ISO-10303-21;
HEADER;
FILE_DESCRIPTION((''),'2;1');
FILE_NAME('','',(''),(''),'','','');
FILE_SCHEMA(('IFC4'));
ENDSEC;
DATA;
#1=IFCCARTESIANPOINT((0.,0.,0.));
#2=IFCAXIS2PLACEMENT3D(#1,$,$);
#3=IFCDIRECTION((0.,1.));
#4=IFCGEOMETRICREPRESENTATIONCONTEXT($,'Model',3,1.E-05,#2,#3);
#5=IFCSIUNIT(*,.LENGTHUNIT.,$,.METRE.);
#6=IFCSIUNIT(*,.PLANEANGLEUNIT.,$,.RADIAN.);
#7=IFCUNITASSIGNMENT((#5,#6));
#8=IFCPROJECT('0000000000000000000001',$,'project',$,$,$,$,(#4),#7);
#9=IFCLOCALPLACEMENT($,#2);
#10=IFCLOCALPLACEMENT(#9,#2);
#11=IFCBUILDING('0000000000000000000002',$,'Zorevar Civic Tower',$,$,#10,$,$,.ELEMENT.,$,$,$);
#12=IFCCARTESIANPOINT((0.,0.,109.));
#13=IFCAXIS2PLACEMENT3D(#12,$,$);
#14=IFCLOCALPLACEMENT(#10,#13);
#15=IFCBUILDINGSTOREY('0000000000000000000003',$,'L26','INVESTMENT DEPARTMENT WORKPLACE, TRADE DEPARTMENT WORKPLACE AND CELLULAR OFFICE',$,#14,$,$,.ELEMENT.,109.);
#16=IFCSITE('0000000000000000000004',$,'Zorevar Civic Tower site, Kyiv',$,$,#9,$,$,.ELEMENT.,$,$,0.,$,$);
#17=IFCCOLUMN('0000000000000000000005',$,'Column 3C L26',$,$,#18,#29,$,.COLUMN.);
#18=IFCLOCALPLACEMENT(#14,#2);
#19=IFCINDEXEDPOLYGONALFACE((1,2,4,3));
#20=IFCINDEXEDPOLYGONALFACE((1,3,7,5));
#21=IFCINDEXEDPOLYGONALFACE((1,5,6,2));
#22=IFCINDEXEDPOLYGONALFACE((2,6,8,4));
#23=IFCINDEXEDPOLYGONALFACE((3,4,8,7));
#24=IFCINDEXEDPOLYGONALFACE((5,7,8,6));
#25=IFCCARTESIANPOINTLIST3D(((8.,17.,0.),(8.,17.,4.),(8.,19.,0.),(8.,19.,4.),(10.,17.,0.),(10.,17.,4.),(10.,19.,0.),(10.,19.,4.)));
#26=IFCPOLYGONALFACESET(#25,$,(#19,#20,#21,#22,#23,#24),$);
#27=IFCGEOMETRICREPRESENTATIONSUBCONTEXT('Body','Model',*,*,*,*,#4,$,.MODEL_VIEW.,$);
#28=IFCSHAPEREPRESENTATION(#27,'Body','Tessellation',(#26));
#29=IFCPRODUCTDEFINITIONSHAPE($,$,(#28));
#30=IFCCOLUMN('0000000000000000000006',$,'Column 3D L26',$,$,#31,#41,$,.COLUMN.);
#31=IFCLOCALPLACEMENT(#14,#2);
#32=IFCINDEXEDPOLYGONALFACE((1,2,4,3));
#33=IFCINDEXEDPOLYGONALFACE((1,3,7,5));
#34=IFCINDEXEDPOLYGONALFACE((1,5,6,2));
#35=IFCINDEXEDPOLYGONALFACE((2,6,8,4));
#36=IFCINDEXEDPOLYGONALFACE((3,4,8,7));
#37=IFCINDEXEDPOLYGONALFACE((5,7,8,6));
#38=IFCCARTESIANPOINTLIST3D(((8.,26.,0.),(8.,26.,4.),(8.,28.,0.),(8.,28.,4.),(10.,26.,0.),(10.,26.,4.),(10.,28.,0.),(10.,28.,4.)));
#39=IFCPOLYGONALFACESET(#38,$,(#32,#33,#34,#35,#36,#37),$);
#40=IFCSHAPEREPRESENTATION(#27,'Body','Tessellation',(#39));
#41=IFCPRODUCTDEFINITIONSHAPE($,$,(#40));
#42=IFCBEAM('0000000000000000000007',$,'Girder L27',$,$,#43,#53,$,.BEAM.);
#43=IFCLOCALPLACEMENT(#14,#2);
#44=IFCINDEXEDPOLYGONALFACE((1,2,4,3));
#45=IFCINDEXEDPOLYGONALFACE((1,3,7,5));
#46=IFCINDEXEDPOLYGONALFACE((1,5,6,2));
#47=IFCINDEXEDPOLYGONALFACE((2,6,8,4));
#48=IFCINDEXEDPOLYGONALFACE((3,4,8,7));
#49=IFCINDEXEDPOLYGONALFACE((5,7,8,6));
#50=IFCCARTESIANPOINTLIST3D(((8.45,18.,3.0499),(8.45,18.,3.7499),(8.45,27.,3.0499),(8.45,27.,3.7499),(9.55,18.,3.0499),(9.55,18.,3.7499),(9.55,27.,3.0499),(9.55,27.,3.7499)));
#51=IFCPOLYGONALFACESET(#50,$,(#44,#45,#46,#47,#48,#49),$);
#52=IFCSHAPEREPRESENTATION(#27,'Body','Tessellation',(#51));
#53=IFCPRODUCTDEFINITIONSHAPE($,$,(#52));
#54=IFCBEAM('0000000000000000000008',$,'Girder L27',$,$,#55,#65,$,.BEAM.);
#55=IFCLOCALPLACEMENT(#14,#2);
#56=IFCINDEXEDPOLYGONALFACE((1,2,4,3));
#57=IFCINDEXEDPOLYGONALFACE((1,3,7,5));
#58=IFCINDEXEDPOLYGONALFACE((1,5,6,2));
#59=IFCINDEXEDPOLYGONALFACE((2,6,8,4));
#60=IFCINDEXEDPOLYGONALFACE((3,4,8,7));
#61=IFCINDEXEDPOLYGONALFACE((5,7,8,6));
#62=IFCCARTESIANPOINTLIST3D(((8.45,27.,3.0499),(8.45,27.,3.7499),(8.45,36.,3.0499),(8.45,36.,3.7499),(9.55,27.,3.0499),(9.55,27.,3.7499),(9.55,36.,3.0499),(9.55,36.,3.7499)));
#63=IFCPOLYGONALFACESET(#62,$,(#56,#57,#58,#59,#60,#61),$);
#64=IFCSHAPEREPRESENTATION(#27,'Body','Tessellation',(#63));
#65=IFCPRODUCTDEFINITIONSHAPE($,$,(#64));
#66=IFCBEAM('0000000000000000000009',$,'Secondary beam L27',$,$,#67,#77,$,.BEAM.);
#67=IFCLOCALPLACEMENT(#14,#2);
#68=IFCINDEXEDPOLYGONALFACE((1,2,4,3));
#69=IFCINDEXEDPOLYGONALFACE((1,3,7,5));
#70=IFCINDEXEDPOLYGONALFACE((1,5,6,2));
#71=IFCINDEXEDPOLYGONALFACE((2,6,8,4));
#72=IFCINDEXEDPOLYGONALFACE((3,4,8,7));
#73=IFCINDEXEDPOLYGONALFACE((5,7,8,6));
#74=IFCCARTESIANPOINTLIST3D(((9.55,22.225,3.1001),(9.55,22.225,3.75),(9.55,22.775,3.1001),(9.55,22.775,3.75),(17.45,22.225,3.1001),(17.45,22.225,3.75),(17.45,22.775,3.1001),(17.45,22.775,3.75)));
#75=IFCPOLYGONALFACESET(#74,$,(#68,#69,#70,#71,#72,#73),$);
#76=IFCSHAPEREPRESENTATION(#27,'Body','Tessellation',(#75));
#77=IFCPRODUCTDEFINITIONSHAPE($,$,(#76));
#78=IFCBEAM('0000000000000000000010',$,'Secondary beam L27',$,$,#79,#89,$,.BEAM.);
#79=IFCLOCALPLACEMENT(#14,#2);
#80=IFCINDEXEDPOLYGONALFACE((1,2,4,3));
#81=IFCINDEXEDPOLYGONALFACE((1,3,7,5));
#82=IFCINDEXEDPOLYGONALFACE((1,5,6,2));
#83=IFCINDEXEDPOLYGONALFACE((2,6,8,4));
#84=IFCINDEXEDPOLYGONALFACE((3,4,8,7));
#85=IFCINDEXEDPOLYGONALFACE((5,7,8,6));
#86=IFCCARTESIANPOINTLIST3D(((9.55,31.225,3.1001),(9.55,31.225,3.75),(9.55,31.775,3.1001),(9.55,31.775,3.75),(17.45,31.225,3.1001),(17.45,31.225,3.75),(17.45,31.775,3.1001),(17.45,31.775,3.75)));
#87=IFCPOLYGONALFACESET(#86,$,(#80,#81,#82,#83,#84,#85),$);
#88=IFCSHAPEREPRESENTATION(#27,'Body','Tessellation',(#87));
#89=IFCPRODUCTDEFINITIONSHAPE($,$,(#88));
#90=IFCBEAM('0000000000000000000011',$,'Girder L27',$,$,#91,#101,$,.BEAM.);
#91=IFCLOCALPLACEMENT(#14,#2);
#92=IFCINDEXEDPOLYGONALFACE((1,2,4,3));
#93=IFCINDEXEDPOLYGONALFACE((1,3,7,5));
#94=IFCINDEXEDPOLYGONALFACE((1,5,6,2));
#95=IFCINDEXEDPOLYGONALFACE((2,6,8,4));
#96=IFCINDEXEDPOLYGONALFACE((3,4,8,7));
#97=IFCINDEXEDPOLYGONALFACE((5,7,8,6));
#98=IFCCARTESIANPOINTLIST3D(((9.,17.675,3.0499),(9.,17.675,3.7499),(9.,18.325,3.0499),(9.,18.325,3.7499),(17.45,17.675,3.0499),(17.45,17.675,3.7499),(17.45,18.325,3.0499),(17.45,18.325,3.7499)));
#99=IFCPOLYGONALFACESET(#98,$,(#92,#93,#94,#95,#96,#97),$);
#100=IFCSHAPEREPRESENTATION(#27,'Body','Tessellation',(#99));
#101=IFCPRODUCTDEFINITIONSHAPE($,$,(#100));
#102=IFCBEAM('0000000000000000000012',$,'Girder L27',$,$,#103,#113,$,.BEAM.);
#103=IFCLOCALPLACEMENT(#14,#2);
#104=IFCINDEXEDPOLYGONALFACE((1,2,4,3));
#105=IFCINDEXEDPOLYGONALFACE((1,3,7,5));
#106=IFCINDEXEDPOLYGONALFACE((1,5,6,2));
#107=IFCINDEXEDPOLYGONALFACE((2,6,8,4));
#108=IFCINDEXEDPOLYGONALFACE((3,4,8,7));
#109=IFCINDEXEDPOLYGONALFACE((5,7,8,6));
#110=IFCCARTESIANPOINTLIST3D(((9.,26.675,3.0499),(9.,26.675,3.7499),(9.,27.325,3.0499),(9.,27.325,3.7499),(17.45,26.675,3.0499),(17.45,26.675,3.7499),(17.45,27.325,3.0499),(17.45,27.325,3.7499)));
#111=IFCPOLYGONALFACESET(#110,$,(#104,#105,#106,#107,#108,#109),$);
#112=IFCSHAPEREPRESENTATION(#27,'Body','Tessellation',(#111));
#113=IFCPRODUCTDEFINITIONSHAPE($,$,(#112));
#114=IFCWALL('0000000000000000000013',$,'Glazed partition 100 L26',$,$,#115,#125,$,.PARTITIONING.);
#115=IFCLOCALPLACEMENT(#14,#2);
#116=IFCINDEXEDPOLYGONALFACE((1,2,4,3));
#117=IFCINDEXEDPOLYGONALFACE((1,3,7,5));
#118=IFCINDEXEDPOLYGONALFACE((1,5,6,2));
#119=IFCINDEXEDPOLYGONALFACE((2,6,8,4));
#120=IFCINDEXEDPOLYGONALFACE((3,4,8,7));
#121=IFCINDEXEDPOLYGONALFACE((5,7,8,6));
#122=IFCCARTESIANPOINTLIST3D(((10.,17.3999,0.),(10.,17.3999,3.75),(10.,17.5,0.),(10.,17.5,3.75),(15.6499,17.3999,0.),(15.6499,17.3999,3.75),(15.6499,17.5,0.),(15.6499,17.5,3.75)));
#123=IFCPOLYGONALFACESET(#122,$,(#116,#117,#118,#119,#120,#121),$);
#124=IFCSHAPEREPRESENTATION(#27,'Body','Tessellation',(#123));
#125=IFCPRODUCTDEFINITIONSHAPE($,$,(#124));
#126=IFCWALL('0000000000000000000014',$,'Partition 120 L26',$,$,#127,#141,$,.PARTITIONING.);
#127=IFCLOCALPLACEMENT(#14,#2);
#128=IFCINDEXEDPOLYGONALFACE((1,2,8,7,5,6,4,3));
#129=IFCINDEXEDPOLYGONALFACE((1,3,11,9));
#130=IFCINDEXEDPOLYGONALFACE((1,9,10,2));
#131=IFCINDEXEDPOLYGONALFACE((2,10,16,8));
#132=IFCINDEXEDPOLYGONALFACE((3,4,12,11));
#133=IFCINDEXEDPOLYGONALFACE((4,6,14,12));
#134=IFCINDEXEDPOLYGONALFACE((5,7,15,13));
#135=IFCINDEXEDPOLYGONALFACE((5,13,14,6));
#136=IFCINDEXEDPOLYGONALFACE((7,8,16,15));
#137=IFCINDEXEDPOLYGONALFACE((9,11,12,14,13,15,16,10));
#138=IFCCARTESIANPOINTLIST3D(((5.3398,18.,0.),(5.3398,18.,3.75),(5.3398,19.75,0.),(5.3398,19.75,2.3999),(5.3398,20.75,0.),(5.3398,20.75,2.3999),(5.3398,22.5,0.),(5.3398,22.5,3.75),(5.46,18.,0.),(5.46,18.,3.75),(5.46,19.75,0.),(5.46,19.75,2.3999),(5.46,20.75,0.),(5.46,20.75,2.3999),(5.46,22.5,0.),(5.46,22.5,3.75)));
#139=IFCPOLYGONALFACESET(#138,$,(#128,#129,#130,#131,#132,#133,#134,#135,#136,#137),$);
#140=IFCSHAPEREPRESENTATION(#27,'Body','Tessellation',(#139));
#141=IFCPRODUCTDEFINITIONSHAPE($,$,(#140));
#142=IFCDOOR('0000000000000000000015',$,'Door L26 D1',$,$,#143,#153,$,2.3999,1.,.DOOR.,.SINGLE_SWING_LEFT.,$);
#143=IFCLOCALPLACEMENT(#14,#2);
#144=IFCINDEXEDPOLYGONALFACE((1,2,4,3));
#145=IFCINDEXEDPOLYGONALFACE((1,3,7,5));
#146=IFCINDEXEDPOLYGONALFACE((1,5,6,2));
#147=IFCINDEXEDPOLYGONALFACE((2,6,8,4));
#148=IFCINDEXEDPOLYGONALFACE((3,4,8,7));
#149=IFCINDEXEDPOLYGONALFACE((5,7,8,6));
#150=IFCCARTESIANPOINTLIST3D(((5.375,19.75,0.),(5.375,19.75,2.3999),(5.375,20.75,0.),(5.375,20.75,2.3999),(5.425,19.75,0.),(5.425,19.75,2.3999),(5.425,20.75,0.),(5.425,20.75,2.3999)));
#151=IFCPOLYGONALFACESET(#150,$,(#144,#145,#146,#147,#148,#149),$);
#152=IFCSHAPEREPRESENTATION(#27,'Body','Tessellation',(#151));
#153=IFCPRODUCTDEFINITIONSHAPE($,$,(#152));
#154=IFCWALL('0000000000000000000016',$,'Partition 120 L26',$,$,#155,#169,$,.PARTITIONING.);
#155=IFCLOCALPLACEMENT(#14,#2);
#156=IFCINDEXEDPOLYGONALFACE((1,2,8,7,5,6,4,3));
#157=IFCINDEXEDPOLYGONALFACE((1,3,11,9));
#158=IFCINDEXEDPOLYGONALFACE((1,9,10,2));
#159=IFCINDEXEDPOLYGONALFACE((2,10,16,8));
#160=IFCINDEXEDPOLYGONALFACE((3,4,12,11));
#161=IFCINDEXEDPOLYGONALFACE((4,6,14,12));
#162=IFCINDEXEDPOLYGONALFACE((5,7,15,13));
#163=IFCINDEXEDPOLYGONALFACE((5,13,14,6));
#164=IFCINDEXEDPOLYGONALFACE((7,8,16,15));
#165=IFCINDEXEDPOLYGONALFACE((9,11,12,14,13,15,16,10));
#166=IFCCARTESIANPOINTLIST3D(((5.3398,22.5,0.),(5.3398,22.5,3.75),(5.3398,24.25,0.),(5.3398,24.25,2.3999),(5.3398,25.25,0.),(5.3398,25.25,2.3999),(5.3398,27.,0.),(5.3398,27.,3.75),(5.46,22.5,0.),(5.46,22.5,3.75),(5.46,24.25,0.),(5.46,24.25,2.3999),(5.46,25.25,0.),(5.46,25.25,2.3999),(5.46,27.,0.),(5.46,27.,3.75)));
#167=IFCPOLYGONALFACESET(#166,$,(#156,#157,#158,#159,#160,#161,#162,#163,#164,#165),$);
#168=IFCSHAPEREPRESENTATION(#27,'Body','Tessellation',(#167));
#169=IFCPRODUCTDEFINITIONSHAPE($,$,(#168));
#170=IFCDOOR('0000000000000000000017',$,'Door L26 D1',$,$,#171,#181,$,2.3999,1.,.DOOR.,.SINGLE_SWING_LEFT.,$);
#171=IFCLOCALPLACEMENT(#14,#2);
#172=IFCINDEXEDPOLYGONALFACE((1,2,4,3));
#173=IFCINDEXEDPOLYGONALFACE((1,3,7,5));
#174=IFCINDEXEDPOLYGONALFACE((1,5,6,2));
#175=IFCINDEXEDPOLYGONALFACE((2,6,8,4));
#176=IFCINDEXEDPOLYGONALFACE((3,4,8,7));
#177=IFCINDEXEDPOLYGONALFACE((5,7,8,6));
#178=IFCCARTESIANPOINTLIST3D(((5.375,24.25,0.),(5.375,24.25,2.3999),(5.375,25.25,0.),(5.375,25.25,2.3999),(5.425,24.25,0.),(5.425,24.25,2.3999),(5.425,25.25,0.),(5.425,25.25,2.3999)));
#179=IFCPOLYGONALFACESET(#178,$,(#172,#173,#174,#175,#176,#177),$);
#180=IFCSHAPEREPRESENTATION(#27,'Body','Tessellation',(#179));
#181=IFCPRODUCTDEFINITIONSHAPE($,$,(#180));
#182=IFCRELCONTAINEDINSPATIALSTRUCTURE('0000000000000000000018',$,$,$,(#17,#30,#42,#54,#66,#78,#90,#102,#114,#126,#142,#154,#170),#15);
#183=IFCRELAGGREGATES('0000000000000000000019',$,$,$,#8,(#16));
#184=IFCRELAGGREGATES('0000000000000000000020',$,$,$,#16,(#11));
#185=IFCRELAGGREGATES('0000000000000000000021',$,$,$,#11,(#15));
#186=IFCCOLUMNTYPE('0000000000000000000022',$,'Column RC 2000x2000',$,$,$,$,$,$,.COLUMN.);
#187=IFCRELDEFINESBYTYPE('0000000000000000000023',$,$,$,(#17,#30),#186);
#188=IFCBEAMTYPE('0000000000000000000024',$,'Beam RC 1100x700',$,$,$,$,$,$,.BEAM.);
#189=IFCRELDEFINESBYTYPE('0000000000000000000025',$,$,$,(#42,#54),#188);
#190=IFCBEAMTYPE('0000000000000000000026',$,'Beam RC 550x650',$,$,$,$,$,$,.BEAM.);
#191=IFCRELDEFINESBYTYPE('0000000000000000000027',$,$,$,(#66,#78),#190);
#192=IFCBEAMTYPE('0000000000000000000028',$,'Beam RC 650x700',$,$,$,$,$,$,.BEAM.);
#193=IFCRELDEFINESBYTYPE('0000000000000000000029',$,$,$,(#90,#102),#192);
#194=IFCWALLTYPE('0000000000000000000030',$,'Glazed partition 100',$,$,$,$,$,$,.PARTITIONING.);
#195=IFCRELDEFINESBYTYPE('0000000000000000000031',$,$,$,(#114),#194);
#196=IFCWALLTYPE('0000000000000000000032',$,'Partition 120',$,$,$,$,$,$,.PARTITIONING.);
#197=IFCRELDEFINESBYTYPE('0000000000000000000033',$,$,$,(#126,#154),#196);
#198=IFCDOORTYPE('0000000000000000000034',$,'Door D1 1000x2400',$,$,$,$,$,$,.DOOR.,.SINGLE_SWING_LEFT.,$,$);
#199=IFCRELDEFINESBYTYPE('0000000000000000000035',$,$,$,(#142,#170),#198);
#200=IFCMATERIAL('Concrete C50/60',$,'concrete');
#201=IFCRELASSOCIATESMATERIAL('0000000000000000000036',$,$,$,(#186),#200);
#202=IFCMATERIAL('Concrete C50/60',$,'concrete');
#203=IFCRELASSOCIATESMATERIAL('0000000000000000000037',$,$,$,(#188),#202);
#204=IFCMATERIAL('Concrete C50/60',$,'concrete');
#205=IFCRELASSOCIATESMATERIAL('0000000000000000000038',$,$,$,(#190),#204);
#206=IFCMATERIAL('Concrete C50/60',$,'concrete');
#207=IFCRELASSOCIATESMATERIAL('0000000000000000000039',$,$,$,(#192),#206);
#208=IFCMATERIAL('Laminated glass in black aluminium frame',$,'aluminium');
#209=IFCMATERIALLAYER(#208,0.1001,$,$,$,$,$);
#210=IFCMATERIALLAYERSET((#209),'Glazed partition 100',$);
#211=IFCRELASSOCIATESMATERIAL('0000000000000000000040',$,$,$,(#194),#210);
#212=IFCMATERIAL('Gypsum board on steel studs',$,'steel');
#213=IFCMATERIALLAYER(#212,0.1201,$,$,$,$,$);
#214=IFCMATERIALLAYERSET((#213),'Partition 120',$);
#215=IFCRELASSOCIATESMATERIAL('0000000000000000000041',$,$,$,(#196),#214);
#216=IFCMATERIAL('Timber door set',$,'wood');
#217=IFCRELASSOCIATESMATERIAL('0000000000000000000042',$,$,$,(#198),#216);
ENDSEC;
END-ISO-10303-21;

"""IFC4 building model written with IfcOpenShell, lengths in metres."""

from ifc_helpers import new_model, si_unit, direction, frame, frame_2d, origin, origin_2d, place, context, subcontext, project, spatial, rectangle, extrude, material, layer, layer_set, material_profile, profile_set, type_object, element, fill, save


model = new_model("IFC4")

# Units and contexts
model_context = context("Model", 3, precision=1e-05, world=origin(), true_north=direction((0.0, 1.0)))
body_context = subcontext(model_context, "Body", "Model", "MODEL_VIEW")
ifc_project = project(units=[si_unit("LENGTHUNIT", "METRE"), si_unit("PLANEANGLEUNIT", "RADIAN")], contexts=[model_context])

# Site, building, storey
site_placement = place(None, origin())
site = spatial("IfcSite", under=ifc_project, at=site_placement, Name="Zorevar Civic Tower site, Kyiv", CompositionType="ELEMENT", RefElevation=0.0)
building_placement = place(site_placement, origin())
building = spatial("IfcBuilding", under=site, at=building_placement, Name="Zorevar Civic Tower", CompositionType="ELEMENT")
storey_placement = place(building_placement, frame((0.0, 0.0, 109.0)))
storey = spatial("IfcBuildingStorey", under=building, at=storey_placement, Name="L26", Description="INVESTMENT DEPARTMENT WORKPLACE, TRADE DEPARTMENT WORKPLACE AND CELLULAR OFFICE", CompositionType="ELEMENT", Elevation=109.0)

# Columns
ifc_material_1 = material(Name="Concrete C50/60", Category="concrete")
ifc_material_profile_1 = material_profile(ifc_material_1, rectangle(XDim=2.0, YDim=2.0, at=origin_2d()), Name="RC 2000x2000")
ifc_profile_set_1 = profile_set([ifc_material_profile_1], Name="Concrete C50/60")
column_type = type_object("IfcColumnType", Name="Column RC 2000x2000", PredefinedType="COLUMN", material=ifc_profile_set_1)
for number, where, z_axis, x_axis, name in (
    (1, (9.0, 18.0, 0.0), (0.0, 0.0, 1.0), (1.0, 0.0, 0.0), "Column 3C L26"),
    (2, (9.0, 27.0, 0.0), (0.0, 0.0, 1.0), (1.0, 0.0, 0.0), "Column 3D L26"),
):
    element("IfcColumn", number, at=place(storey_placement, frame(where, z_axis=z_axis, x_axis=x_axis)), inside=storey, type_object=column_type, Name=name, PredefinedType="COLUMN", context=body_context, shape_type="SweptSolid", body=[
        extrude(rectangle(XDim=2.0, YDim=2.0, at=origin_2d()), origin(), (0.0, 0.0, 1.0), 4.0),
    ])

# Beams
ifc_material_2 = material(Name="Concrete C50/60", Category="concrete")
ifc_material_profile_2 = material_profile(ifc_material_2, rectangle(XDim=1.1001, YDim=0.7, at=origin_2d()), Name="RC 1100x700")
ifc_profile_set_2 = profile_set([ifc_material_profile_2], Name="Concrete C50/60")
beam_type_1 = type_object("IfcBeamType", Name="Beam RC 1100x700", PredefinedType="BEAM", material=ifc_profile_set_2)
for number, where, z_axis, x_axis, name in (
    (3, (9.0, 18.0, 3.3999), (0.0, 1.0, 0.0), (-1.0, 0.0, 0.0), "Girder L27"),
    (4, (9.0, 27.0, 3.3999), (0.0, 1.0, 0.0), (-1.0, 0.0, 0.0), "Girder L27"),
):
    element("IfcBeam", number, at=place(storey_placement, frame(where, z_axis=z_axis, x_axis=x_axis)), inside=storey, type_object=beam_type_1, Name=name, PredefinedType="BEAM", context=body_context, shape_type="SweptSolid", body=[
        extrude(rectangle(XDim=1.1001, YDim=0.7, at=origin_2d()), origin(), (0.0, 0.0, 1.0), 9.0),
    ])
ifc_material_3 = material(Name="Concrete C50/60", Category="concrete")
ifc_material_profile_3 = material_profile(ifc_material_3, rectangle(XDim=0.55, YDim=0.6499, at=origin_2d()), Name="RC 550x650")
ifc_profile_set_3 = profile_set([ifc_material_profile_3], Name="Concrete C50/60")
beam_type_2 = type_object("IfcBeamType", Name="Beam RC 550x650", PredefinedType="BEAM", material=ifc_profile_set_3)
for number, where, z_axis, x_axis, name in (
    (5, (9.55, 22.5, 3.425), (1.0, 0.0, 0.0), (0.0, 1.0, 0.0), "Secondary beam L27"),
    (6, (9.55, 31.5, 3.425), (1.0, 0.0, 0.0), (0.0, 1.0, 0.0), "Secondary beam L27"),
):
    element("IfcBeam", number, at=place(storey_placement, frame(where, z_axis=z_axis, x_axis=x_axis)), inside=storey, type_object=beam_type_2, Name=name, PredefinedType="BEAM", context=body_context, shape_type="SweptSolid", body=[
        extrude(rectangle(XDim=0.55, YDim=0.6499, at=origin_2d()), origin(), (0.0, 0.0, 1.0), 7.8999),
    ])
ifc_material_4 = material(Name="Concrete C50/60", Category="concrete")
ifc_material_profile_4 = material_profile(ifc_material_4, rectangle(XDim=0.6499, YDim=0.7, at=origin_2d()), Name="RC 650x700")
ifc_profile_set_4 = profile_set([ifc_material_profile_4], Name="Concrete C50/60")
beam_type_3 = type_object("IfcBeamType", Name="Beam RC 650x700", PredefinedType="BEAM", material=ifc_profile_set_4)
for number, where, z_axis, x_axis, name in (
    (7, (9.0, 18.0, 3.3999), (1.0, 0.0, 0.0), (0.0, 1.0, 0.0), "Girder L27"),
    (8, (9.0, 27.0, 3.3999), (1.0, 0.0, 0.0), (0.0, 1.0, 0.0), "Girder L27"),
):
    element("IfcBeam", number, at=place(storey_placement, frame(where, z_axis=z_axis, x_axis=x_axis)), inside=storey, type_object=beam_type_3, Name=name, PredefinedType="BEAM", context=body_context, shape_type="SweptSolid", body=[
        extrude(rectangle(XDim=0.6499, YDim=0.7, at=origin_2d()), origin(), (0.0, 0.0, 1.0), 8.45),
    ])

# Wall
ifc_material_5 = material(Name="Laminated glass in black aluminium frame", Category="aluminium")
ifc_layer_1 = layer(ifc_material_5, 0.1001)
ifc_layer_set_1 = layer_set([ifc_layer_1], Name="Glazed partition 100")
wall_type_1 = type_object("IfcWallType", Name="Glazed partition 100", PredefinedType="PARTITIONING", material=ifc_layer_set_1)
wall_1_placement = place(storey_placement, frame((10.0, 17.45, 0.0), z_axis=(0.0, 0.0, 1.0), x_axis=(1.0, 0.0, 0.0)))
element("IfcWall", 9, at=wall_1_placement, inside=storey, type_object=wall_type_1, Name="Glazed partition 100 L26", PredefinedType="PARTITIONING", context=body_context, shape_type="SweptSolid", body=[
    extrude(rectangle(XDim=5.6499, YDim=0.1001, at=frame_2d((2.825, 0.0))), origin(), (0.0, 0.0, 1.0), 3.75),
])

# Walls, openings, doors
ifc_material_6 = material(Name="Gypsum board on steel studs", Category="steel")
ifc_layer_2 = layer(ifc_material_6, 0.1201)
ifc_layer_set_2 = layer_set([ifc_layer_2], Name="Partition 120")
wall_type_2 = type_object("IfcWallType", Name="Partition 120", PredefinedType="PARTITIONING", material=ifc_layer_set_2)
wall_2_placement = place(storey_placement, frame((5.3999, 18.0, 0.0), z_axis=(0.0, 0.0, 1.0), x_axis=(0.0, 1.0, 0.0)))
wall_2 = element("IfcWall", 10, at=wall_2_placement, inside=storey, type_object=wall_type_2, Name="Partition 120 L26", PredefinedType="PARTITIONING", context=body_context, shape_type="SweptSolid", body=[
    extrude(rectangle(XDim=4.5, YDim=0.1201, at=frame_2d((2.25, 0.0))), origin(), (0.0, 0.0, 1.0), 3.75),
])
opening_1_placement = place(wall_2_placement, frame((1.75, 0.0, 0.0)))
opening_1 = element("IfcOpeningElement", 11, at=opening_1_placement, cuts=wall_2, PredefinedType="OPENING", context=body_context, shape_type="SweptSolid", body=[
    extrude(rectangle(XDim=1.0, YDim=2.3999, at=frame_2d((0.5, 1.2))), frame((0.0, 0.0701, 0.0), z_axis=(0.0, -1.0, 0.0), x_axis=(1.0, 0.0, 0.0)), (0.0, 0.0, 1.0), 0.1401),
])
ifc_material_7 = material(Name="Timber door set", Category="wood")
door_type = type_object("IfcDoorType", Name="Door D1 1000x2400", OperationType="SINGLE_SWING_LEFT", PredefinedType="DOOR", material=ifc_material_7)
door_1_placement = place(opening_1_placement, origin())
door_1 = element("IfcDoor", 12, at=door_1_placement, inside=storey, type_object=door_type, Name="Door L26 D1", OperationType="SINGLE_SWING_LEFT", OverallHeight=2.3999, OverallWidth=1.0, PredefinedType="DOOR", context=body_context, shape_type="SweptSolid", body=[
    extrude(rectangle(XDim=1.0, YDim=2.3999, at=frame_2d((0.5, 1.2))), frame((0.0, 0.0249, 0.0), z_axis=(0.0, -1.0, 0.0), x_axis=(1.0, 0.0, 0.0)), (0.0, 0.0, 1.0), 0.05),
])
fill(opening_1, door_1)
wall_3_placement = place(storey_placement, frame((5.3999, 22.5, 0.0), z_axis=(0.0, 0.0, 1.0), x_axis=(0.0, 1.0, 0.0)))
wall_3 = element("IfcWall", 13, at=wall_3_placement, inside=storey, type_object=wall_type_2, Name="Partition 120 L26", PredefinedType="PARTITIONING", context=body_context, shape_type="SweptSolid", body=[
    extrude(rectangle(XDim=4.5, YDim=0.1201, at=frame_2d((2.25, 0.0))), origin(), (0.0, 0.0, 1.0), 3.75),
])
opening_2_placement = place(wall_3_placement, frame((1.75, 0.0, 0.0)))
opening_2 = element("IfcOpeningElement", 14, at=opening_2_placement, cuts=wall_3, PredefinedType="OPENING", context=body_context, shape_type="SweptSolid", body=[
    extrude(rectangle(XDim=1.0, YDim=2.3999, at=frame_2d((0.5, 1.2))), frame((0.0, 0.0701, 0.0), z_axis=(0.0, -1.0, 0.0), x_axis=(1.0, 0.0, 0.0)), (0.0, 0.0, 1.0), 0.1401),
])
door_2_placement = place(opening_2_placement, origin())
door_2 = element("IfcDoor", 15, at=door_2_placement, inside=storey, type_object=door_type, Name="Door L26 D1", OperationType="SINGLE_SWING_LEFT", OverallHeight=2.3999, OverallWidth=1.0, PredefinedType="DOOR", context=body_context, shape_type="SweptSolid", body=[
    extrude(rectangle(XDim=1.0, YDim=2.3999, at=frame_2d((0.5, 1.2))), frame((0.0, 0.0249, 0.0), z_axis=(0.0, -1.0, 0.0), x_axis=(1.0, 0.0, 0.0)), (0.0, 0.0, 1.0), 0.05),
])
fill(opening_2, door_2)

save(model, "model.ifc")
